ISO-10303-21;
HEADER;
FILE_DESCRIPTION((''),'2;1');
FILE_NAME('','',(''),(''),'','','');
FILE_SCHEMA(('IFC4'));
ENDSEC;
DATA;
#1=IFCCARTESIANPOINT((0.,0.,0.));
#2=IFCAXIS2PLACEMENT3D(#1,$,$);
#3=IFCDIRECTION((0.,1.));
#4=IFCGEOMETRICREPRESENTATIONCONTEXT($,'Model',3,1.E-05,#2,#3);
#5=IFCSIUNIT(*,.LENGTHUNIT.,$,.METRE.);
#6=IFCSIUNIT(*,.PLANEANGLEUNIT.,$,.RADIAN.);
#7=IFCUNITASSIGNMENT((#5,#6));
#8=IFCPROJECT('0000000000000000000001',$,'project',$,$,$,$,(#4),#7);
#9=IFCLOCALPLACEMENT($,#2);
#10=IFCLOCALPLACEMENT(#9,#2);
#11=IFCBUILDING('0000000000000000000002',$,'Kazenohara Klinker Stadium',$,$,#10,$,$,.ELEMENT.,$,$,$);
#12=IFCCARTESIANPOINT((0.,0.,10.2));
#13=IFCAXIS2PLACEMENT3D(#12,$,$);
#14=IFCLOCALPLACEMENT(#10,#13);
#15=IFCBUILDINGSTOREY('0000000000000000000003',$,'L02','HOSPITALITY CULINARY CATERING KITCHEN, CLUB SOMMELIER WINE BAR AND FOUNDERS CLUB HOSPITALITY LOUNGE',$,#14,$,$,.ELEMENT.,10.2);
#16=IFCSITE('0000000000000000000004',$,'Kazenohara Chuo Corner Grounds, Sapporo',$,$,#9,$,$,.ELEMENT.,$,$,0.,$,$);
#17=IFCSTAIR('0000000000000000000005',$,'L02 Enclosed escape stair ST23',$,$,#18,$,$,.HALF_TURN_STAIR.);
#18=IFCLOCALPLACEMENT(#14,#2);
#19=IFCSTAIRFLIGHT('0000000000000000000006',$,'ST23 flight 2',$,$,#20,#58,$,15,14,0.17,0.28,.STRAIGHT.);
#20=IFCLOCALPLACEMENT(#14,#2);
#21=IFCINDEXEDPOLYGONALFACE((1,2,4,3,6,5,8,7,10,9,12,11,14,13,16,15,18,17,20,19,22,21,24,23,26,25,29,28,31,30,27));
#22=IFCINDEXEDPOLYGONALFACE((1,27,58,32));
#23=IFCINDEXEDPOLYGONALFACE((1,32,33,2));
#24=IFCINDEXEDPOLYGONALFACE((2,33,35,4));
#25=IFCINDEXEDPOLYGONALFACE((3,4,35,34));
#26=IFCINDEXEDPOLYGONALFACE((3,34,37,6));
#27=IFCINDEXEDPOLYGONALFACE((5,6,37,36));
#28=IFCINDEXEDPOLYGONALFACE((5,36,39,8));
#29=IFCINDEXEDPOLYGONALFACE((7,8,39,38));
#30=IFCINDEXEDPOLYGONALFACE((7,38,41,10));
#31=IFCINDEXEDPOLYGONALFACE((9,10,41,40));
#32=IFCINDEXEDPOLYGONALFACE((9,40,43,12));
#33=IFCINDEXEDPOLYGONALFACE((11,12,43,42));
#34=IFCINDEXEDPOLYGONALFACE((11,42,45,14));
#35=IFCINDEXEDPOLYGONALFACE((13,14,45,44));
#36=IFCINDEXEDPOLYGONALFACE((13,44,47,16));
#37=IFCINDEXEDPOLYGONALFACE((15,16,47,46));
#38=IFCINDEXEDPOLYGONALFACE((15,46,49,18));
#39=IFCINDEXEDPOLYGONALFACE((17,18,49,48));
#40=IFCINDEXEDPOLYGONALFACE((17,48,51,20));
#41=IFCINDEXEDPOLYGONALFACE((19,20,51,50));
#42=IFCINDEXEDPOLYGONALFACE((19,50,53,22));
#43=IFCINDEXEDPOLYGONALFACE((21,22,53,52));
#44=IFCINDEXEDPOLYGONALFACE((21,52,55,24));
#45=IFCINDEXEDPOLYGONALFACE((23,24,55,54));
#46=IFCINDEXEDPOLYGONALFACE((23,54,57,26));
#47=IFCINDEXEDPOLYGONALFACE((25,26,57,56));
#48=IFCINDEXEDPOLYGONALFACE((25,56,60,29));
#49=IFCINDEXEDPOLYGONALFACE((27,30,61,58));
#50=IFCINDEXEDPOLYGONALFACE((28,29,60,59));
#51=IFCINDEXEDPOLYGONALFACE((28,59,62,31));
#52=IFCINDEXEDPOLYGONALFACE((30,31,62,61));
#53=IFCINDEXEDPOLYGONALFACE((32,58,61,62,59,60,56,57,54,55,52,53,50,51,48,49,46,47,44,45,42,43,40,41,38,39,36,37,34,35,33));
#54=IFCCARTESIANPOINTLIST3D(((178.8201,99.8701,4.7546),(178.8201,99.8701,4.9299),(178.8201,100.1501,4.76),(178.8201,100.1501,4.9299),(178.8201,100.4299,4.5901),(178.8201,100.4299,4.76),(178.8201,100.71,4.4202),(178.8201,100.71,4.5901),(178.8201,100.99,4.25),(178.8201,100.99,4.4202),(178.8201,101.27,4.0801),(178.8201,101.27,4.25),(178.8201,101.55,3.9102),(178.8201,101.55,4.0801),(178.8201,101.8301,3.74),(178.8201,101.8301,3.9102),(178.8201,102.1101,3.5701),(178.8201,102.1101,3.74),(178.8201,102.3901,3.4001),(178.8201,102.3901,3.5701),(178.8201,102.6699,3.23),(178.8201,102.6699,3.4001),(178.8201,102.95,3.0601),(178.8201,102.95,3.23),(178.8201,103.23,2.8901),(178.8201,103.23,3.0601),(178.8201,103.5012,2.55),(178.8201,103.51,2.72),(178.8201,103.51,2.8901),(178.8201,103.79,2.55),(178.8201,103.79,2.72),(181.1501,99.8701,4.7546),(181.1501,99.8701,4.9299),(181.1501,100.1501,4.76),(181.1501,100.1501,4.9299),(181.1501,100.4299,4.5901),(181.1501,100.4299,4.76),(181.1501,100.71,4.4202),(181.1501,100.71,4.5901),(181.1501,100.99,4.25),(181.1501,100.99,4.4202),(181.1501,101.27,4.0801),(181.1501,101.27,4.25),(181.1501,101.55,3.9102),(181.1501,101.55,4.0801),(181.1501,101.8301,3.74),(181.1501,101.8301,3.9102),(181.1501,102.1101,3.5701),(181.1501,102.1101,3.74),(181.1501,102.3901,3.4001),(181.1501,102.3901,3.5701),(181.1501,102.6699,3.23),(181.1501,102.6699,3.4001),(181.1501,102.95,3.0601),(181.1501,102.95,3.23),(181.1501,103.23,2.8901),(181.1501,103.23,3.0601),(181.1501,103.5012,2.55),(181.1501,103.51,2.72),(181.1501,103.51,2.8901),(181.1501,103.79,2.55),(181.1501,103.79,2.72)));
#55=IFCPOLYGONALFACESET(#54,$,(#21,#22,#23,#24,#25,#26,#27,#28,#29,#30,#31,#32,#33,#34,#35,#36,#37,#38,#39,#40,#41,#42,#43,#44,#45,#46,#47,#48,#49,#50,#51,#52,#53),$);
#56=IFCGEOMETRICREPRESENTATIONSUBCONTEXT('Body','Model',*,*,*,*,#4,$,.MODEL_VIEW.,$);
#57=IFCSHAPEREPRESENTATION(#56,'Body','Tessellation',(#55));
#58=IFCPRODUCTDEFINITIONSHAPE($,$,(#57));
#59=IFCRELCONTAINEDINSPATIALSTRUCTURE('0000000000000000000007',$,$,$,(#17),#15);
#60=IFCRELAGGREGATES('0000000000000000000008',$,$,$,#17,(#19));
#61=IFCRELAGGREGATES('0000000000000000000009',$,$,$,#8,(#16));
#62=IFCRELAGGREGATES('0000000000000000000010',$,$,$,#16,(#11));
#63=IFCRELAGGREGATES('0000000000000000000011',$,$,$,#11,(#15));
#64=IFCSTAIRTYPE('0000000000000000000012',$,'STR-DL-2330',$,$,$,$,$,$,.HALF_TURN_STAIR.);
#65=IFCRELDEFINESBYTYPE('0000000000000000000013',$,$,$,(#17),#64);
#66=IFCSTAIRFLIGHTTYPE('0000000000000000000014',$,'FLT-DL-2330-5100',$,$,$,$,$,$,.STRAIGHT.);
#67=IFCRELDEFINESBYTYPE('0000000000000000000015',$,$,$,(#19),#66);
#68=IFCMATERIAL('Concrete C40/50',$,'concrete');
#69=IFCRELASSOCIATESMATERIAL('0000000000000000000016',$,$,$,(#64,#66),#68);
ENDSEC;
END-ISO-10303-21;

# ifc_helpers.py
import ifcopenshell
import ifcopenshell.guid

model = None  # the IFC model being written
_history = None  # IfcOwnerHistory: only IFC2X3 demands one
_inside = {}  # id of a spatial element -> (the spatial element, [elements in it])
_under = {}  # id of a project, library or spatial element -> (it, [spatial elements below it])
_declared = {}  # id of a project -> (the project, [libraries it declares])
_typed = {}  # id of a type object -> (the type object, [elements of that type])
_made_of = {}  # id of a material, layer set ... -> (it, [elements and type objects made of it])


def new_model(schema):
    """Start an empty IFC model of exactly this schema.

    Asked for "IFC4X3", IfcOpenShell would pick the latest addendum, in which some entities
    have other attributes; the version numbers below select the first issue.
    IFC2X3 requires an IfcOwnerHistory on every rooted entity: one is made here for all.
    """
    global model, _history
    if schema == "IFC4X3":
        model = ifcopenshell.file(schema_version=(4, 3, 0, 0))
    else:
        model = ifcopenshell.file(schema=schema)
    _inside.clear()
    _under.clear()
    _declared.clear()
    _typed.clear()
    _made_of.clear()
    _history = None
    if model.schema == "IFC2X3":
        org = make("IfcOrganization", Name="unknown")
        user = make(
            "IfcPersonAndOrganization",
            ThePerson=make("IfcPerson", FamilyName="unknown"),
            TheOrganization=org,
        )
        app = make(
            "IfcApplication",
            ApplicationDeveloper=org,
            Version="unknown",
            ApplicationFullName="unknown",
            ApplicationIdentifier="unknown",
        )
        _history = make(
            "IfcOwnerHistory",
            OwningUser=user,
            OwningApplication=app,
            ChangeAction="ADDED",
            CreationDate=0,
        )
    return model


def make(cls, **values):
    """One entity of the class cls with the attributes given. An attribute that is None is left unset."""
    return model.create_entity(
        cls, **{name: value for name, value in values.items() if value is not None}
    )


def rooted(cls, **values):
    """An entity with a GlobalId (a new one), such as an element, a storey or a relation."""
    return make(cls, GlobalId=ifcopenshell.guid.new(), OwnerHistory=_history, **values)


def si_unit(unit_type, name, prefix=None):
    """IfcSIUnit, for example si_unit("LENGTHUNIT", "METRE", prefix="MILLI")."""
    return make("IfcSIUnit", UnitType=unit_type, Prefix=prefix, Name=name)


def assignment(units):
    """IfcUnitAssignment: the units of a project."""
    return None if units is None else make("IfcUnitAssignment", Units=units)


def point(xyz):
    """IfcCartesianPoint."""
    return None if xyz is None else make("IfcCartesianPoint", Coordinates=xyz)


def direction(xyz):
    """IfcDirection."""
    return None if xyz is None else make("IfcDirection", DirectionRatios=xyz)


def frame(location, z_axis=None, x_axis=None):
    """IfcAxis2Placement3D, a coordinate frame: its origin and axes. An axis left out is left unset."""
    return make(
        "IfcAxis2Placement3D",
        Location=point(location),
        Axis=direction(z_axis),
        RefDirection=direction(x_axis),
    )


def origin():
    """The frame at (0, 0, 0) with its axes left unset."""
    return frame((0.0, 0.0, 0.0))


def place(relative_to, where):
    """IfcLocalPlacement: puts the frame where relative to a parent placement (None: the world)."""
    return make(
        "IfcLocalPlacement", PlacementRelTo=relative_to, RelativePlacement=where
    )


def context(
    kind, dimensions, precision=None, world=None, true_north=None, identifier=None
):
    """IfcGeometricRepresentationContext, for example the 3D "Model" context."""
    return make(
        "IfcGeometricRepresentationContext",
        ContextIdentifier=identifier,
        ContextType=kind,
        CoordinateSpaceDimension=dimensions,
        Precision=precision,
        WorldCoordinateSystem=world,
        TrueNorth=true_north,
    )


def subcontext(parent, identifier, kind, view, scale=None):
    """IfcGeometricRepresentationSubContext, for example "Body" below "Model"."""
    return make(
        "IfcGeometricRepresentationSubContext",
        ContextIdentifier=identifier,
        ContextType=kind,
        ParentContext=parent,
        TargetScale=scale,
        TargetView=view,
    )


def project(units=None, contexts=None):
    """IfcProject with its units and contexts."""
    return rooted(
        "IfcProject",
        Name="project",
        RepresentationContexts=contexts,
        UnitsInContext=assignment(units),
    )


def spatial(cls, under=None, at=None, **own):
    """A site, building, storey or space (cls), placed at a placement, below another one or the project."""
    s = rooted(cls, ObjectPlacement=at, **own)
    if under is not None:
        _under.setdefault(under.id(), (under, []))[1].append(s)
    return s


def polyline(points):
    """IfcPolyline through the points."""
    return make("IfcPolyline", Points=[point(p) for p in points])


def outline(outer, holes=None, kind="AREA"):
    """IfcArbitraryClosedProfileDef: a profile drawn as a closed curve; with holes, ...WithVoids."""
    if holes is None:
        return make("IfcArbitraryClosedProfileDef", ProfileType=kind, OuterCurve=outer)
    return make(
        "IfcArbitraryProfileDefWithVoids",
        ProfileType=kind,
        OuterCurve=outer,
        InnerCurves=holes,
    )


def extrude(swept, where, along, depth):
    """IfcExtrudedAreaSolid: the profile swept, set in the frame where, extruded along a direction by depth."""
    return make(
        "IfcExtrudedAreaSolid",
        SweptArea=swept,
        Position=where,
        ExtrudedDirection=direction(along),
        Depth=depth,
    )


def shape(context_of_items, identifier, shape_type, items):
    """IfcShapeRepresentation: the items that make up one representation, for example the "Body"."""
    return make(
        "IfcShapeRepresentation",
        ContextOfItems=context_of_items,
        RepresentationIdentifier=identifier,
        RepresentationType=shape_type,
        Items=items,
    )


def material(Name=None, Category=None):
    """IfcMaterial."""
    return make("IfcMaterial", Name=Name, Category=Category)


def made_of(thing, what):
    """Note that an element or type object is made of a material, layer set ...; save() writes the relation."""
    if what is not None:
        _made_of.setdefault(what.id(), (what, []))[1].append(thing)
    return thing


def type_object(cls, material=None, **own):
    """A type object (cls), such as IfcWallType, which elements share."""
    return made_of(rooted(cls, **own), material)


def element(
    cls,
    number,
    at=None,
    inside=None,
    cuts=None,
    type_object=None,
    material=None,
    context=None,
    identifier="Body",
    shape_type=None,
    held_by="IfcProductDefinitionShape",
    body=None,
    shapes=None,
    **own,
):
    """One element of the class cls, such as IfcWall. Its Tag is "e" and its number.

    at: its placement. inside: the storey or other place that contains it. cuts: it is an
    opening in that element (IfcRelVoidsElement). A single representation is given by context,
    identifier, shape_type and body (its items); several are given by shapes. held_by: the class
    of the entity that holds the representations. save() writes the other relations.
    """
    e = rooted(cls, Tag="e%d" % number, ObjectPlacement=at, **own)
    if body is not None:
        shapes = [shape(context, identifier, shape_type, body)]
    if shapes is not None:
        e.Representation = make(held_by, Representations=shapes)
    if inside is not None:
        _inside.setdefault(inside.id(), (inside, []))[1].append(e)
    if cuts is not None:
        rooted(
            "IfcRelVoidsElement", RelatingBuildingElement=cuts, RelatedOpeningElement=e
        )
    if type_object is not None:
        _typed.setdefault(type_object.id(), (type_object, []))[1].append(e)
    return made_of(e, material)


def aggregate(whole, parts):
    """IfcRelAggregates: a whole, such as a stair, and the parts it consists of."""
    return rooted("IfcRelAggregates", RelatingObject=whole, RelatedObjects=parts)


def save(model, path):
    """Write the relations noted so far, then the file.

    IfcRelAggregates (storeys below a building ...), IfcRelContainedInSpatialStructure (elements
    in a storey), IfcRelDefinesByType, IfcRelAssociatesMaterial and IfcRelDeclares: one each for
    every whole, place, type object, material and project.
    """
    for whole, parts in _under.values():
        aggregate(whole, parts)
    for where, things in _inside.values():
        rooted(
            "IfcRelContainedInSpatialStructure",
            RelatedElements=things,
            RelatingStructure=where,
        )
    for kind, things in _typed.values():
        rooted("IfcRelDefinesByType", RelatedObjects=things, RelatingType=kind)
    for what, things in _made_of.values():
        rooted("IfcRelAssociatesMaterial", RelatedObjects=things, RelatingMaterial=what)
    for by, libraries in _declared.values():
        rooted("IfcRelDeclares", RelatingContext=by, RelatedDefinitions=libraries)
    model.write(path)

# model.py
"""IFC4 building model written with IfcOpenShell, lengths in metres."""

from ifc_helpers import new_model, si_unit, direction, frame, origin, place, context, subcontext, project, spatial, polyline, outline, extrude, material, type_object, element, aggregate, save


model = new_model("IFC4")

# Units and contexts
model_context = context("Model", 3, precision=1e-05, world=origin(), true_north=direction((0.0, 1.0)))
body_context = subcontext(model_context, "Body", "Model", "MODEL_VIEW")
ifc_project = project(units=[si_unit("LENGTHUNIT", "METRE"), si_unit("PLANEANGLEUNIT", "RADIAN")], contexts=[model_context])

# Site, building, storey
site_placement = place(None, origin())
site = spatial("IfcSite", under=ifc_project, at=site_placement, Name="Kazenohara Chuo Corner Grounds, Sapporo", CompositionType="ELEMENT", RefElevation=0.0)
building_placement = place(site_placement, origin())
building = spatial("IfcBuilding", under=site, at=building_placement, Name="Kazenohara Klinker Stadium", CompositionType="ELEMENT")
storey_placement = place(building_placement, frame((0.0, 0.0, 10.2)))
storey = spatial("IfcBuildingStorey", under=building, at=storey_placement, Name="L02", Description="HOSPITALITY CULINARY CATERING KITCHEN, CLUB SOMMELIER WINE BAR AND FOUNDERS CLUB HOSPITALITY LOUNGE", CompositionType="ELEMENT", Elevation=10.2)

# Shared definitions
ifc_material_1 = material(Name="Concrete C40/50", Category="concrete")

# Stair, stair flight
stair_type = type_object("IfcStairType", Name="STR-DL-2330", PredefinedType="HALF_TURN_STAIR", material=ifc_material_1)
stair_placement = place(storey_placement, origin())
stair = element("IfcStair", 1, at=stair_placement, inside=storey, type_object=stair_type, Name="L02 Enclosed escape stair ST23", PredefinedType="HALF_TURN_STAIR")
stair_flight_type = type_object("IfcStairFlightType", Name="FLT-DL-2330-5100", PredefinedType="STRAIGHT", material=ifc_material_1)
stair_flight_1_placement = place(storey_placement, frame((179.9851, 103.79, 2.55), z_axis=(0.0, 0.0, 1.0), x_axis=(0.0, -1.0, 0.0)))
stair_flight_1 = element("IfcStairFlight", 2, at=stair_flight_1_placement, type_object=stair_flight_type, Name="ST23 flight 2", NumberOfRisers=15, NumberOfTreads=14, PredefinedType="STRAIGHT", RiserHeight=0.17, TreadLength=0.28, context=body_context, shape_type="SweptSolid", body=[
    extrude(outline(polyline([(0.0, 0.0), (0.0, 0.1699), (0.28, 0.1699), (0.28, 0.3401), (0.5601, 0.3401), (0.5601, 0.51), (0.8401, 0.51), (0.8401, 0.6799), (1.1201, 0.6799), (1.1201, 0.8501), (1.3999, 0.8501), (1.3999, 1.02), (1.6799, 1.02), (1.6799, 1.1899), (1.96, 1.1899), (1.96, 1.3601), (2.24, 1.3601), (2.24, 1.53), (2.52, 1.53), (2.52, 1.7), (2.8, 1.7), (2.8, 1.8701), (3.0801, 1.8701), (3.0801, 2.04), (3.3601, 2.04), (3.3601, 2.21), (3.6399, 2.21), (3.6399, 2.3799), (3.9199, 2.3799), (3.9199, 2.55), (3.9199, 2.2046), (0.2888, 0.0), (0.0, 0.0)])), frame((0.0, 1.165, 0.0), z_axis=(0.0, -1.0, 0.0), x_axis=(1.0, 0.0, 0.0)), (0.0, 0.0, 1.0), 2.3301),
])
aggregate(stair, [stair_flight_1])

save(model, "model.ifc")
